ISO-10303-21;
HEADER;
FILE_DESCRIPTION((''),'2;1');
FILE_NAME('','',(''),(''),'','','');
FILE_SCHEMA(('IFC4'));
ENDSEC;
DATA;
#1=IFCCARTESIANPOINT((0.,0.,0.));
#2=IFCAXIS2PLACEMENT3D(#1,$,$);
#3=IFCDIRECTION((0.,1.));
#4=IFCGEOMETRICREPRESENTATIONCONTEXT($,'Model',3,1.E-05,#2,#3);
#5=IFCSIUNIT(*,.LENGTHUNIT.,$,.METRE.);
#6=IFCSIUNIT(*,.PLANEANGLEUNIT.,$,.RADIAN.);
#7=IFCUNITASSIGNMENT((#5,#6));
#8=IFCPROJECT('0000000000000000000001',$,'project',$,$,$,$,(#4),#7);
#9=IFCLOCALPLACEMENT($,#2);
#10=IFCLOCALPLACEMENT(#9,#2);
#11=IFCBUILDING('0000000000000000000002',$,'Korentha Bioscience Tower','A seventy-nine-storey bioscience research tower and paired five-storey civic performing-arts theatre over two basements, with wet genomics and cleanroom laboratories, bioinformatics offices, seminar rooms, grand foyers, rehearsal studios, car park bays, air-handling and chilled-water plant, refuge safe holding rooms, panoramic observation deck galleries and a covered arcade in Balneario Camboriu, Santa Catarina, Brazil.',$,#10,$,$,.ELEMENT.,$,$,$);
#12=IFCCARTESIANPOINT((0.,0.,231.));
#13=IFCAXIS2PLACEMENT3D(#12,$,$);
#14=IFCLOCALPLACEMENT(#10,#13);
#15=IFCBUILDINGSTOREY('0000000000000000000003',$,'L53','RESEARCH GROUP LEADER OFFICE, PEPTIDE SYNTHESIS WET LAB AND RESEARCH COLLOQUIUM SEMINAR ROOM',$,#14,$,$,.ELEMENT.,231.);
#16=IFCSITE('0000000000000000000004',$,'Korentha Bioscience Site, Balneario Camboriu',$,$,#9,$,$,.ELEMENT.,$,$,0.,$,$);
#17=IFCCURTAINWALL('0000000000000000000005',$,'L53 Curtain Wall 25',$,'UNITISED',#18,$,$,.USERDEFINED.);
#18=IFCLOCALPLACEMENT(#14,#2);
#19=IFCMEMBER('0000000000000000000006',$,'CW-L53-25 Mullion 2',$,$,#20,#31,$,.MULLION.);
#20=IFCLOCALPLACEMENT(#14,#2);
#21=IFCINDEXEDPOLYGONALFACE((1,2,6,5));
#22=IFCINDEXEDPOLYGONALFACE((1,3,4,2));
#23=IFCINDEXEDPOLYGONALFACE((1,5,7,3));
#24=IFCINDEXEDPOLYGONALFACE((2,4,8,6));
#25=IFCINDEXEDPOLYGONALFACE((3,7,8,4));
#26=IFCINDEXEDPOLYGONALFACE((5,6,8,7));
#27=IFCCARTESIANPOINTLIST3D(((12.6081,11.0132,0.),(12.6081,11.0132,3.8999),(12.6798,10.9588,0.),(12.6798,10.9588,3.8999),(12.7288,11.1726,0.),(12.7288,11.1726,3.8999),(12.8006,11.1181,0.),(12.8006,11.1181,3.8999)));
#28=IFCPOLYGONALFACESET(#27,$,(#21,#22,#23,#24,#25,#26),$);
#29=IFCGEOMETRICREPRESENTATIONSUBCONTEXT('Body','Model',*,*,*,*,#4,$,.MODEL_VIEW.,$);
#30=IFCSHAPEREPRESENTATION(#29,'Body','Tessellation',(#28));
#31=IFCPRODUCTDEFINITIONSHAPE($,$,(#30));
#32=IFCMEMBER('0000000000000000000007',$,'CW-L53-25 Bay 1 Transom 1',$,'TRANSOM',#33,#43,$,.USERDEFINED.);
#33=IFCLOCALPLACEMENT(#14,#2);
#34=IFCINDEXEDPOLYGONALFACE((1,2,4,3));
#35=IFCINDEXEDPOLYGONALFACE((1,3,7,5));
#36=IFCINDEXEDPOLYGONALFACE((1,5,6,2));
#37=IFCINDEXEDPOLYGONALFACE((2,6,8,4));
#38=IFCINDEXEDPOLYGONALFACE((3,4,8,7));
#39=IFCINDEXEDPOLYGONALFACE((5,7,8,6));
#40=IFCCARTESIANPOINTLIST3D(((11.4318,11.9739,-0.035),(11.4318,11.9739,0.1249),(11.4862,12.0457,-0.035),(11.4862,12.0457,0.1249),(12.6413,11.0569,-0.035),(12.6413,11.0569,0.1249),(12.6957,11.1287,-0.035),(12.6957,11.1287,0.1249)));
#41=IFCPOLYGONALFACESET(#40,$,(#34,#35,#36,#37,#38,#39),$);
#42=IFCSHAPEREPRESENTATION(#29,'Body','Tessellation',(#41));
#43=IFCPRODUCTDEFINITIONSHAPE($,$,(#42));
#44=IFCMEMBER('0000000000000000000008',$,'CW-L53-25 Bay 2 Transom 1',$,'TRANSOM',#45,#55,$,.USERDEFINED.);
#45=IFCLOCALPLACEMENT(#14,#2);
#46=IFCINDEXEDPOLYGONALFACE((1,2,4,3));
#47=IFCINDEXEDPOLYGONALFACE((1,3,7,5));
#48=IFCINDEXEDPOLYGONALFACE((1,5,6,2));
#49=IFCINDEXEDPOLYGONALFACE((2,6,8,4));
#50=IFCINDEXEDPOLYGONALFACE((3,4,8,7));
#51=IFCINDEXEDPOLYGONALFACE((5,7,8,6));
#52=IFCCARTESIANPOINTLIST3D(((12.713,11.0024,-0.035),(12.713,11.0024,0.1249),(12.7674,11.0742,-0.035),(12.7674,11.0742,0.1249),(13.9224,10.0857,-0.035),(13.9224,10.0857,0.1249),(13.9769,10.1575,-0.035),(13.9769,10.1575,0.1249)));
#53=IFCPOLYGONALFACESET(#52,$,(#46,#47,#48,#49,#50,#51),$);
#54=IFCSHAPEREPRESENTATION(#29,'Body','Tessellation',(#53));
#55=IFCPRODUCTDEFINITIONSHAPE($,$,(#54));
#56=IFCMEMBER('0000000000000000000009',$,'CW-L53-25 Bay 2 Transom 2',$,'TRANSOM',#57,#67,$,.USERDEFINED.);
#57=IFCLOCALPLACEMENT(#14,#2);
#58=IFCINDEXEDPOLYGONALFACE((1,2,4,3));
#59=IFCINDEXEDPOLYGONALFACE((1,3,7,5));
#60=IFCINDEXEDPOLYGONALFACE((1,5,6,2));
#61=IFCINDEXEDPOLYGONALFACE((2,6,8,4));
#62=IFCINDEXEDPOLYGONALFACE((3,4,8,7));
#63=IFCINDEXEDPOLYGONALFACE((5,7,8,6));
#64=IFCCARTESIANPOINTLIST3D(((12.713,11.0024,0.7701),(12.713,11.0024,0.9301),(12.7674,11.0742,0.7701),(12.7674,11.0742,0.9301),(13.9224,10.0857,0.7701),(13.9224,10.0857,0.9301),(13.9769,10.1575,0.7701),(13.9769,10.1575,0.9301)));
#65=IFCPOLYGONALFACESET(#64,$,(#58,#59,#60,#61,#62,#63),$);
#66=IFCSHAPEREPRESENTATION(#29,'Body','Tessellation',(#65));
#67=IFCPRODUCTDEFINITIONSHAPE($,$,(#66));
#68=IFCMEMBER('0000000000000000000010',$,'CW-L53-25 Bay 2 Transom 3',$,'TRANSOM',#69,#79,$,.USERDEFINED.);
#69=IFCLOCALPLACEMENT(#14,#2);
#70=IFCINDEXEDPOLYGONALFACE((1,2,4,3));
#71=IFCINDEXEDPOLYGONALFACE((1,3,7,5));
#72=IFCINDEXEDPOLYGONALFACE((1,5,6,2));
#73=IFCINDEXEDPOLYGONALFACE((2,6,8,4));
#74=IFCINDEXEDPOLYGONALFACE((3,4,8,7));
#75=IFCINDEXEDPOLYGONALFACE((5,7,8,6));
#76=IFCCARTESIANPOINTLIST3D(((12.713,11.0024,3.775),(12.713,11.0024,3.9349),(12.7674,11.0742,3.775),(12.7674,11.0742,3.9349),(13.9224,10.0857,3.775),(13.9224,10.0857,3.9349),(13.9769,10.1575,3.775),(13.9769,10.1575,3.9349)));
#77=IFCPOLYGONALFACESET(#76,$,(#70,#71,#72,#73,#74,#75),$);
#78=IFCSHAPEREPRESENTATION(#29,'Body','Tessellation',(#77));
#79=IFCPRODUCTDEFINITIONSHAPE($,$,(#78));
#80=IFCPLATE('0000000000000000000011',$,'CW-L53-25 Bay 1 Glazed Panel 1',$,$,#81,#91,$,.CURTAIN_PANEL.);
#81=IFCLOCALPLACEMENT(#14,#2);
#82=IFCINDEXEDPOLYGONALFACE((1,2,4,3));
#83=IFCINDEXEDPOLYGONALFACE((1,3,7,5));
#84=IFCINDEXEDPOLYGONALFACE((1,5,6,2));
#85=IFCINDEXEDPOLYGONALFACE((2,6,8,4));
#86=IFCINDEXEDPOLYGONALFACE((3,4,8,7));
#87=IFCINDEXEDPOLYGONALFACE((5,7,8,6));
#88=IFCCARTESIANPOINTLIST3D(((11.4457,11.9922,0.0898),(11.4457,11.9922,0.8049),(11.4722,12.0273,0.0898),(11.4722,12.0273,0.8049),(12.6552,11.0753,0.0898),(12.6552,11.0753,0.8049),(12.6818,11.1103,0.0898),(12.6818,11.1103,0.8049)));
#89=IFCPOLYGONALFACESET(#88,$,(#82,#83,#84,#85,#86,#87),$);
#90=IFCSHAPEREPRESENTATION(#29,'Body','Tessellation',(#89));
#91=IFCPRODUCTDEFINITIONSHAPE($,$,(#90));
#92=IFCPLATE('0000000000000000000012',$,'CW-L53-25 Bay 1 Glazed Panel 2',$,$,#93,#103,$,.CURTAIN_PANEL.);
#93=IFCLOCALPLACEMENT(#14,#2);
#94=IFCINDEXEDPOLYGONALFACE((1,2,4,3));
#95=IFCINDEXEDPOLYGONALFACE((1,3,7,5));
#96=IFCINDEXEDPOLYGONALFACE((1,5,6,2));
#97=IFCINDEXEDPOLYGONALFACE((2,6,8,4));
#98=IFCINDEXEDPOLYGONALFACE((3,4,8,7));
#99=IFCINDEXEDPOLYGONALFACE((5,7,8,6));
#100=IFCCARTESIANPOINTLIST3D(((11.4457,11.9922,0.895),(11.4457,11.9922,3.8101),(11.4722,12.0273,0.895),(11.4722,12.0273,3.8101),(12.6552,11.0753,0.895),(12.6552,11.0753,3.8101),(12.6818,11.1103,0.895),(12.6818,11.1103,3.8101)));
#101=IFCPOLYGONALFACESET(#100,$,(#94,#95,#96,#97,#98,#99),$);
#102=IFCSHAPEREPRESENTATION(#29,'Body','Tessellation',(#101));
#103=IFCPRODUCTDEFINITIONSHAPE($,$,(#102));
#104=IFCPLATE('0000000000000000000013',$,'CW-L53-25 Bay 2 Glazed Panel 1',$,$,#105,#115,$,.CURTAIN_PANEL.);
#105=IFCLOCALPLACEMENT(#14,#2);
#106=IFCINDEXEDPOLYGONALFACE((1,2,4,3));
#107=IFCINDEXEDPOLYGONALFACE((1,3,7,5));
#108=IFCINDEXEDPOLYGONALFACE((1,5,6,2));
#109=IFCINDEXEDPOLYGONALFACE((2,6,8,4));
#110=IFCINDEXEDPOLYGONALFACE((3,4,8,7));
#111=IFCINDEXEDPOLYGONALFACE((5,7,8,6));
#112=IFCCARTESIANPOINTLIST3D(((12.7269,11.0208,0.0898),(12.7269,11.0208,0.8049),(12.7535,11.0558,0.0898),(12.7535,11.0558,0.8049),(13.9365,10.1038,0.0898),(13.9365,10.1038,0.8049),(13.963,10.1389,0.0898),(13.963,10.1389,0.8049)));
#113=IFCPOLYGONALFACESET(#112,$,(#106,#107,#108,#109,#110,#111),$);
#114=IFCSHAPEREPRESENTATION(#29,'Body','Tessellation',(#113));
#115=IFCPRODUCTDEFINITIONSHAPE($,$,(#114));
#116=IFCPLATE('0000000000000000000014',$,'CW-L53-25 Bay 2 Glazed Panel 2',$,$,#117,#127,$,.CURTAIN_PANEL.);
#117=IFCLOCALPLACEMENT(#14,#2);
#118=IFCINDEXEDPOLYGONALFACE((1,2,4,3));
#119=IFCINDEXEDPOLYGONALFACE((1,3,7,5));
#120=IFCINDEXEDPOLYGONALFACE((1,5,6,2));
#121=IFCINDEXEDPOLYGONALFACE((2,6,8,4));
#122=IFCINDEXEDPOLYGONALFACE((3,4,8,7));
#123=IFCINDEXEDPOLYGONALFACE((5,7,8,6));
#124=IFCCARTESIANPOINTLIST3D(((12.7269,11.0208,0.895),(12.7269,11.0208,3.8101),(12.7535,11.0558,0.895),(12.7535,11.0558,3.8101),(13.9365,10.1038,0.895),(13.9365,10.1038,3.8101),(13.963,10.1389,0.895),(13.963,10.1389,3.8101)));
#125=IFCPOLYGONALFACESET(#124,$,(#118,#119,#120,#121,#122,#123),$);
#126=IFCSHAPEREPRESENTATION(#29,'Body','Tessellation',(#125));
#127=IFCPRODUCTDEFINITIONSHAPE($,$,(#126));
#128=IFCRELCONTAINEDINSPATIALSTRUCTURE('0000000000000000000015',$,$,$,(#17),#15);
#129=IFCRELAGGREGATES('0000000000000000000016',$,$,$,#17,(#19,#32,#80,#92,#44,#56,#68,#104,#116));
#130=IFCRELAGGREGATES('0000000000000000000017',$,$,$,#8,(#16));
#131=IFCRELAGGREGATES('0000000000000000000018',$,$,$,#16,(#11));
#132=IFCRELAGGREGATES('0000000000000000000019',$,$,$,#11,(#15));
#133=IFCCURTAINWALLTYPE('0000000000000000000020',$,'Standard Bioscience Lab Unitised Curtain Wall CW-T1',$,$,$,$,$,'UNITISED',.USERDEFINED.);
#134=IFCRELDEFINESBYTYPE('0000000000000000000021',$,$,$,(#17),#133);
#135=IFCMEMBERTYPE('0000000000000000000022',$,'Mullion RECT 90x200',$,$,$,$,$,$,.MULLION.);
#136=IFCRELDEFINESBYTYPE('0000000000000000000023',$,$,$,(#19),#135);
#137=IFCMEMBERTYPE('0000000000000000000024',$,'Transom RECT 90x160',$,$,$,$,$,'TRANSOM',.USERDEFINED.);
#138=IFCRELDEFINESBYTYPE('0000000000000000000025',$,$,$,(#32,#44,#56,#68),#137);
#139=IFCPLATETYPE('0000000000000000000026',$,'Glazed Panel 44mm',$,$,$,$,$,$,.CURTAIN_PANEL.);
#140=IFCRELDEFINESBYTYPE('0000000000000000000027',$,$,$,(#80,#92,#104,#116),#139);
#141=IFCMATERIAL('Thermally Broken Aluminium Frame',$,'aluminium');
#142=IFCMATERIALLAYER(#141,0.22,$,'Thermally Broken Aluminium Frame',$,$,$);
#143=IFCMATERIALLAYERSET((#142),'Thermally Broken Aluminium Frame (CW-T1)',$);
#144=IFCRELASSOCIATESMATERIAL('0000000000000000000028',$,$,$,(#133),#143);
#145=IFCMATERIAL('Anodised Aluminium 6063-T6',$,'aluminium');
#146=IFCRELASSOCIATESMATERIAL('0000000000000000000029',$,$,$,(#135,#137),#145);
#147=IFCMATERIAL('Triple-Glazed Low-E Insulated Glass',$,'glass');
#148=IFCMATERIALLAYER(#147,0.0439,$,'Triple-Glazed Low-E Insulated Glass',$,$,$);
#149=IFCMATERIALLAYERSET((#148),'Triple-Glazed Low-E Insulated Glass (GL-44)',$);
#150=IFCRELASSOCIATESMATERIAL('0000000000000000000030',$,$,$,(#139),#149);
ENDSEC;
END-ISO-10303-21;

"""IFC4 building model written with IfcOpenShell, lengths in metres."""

from ifc_helpers import new_model, si_unit, direction, frame, origin, origin_2d, place, context, subcontext, project, spatial, rectangle, extrude, material, layer, layer_set, material_profile, profile_set, type_object, element, aggregate, save


model = new_model("IFC4")

# Units and contexts
model_context = context("Model", 3, precision=1e-05, world=origin(), true_north=direction((0.0, 1.0)))
body_context = subcontext(model_context, "Body", "Model", "MODEL_VIEW")
ifc_project = project(units=[si_unit("LENGTHUNIT", "METRE"), si_unit("PLANEANGLEUNIT", "RADIAN")], contexts=[model_context])

# Site, building, storey
site_placement = place(None, origin())
site = spatial("IfcSite", under=ifc_project, at=site_placement, Name="Korentha Bioscience Site, Balneario Camboriu", CompositionType="ELEMENT", RefElevation=0.0)
building_placement = place(site_placement, origin())
building = spatial("IfcBuilding", under=site, at=building_placement, Name="Korentha Bioscience Tower", Description="A seventy-nine-storey bioscience research tower and paired five-storey civic performing-arts theatre over two basements, with wet genomics and cleanroom laboratories, bioinformatics offices, seminar rooms, grand foyers, rehearsal studios, car park bays, air-handling and chilled-water plant, refuge safe holding rooms, panoramic observation deck galleries and a covered arcade in Balneario Camboriu, Santa Catarina, Brazil.", CompositionType="ELEMENT")
storey_placement = place(building_placement, frame((0.0, 0.0, 231.0)))
storey = spatial("IfcBuildingStorey", under=building, at=storey_placement, Name="L53", Description="RESEARCH GROUP LEADER OFFICE, PEPTIDE SYNTHESIS WET LAB AND RESEARCH COLLOQUIUM SEMINAR ROOM", CompositionType="ELEMENT", Elevation=231.0)

# Curtain wall, members, plates
ifc_material_1 = material(Name="Thermally Broken Aluminium Frame", Category="aluminium")
ifc_layer_1 = layer(ifc_material_1, 0.22, Name="Thermally Broken Aluminium Frame")
ifc_layer_set_1 = layer_set([ifc_layer_1], Name="Thermally Broken Aluminium Frame (CW-T1)")
curtain_wall_type = type_object("IfcCurtainWallType", Name="Standard Bioscience Lab Unitised Curtain Wall CW-T1", ElementType="UNITISED", PredefinedType="USERDEFINED", material=ifc_layer_set_1)
curtain_wall_placement = place(storey_placement, origin())
curtain_wall = element("IfcCurtainWall", 1, at=curtain_wall_placement, inside=storey, type_object=curtain_wall_type, Name="L53 Curtain Wall 25", ObjectType="UNITISED", PredefinedType="USERDEFINED")
ifc_material_2 = material(Name="Anodised Aluminium 6063-T6", Category="aluminium")
ifc_material_profile_1 = material_profile(ifc_material_2, rectangle(XDim=0.0901, YDim=0.2, at=origin_2d()), Name="Anodised Aluminium 6063-T6")
ifc_profile_set_1 = profile_set([ifc_material_profile_1], Name="Anodised Aluminium 6063-T6 (CW-MUL)")
member_type_1 = type_object("IfcMemberType", Name="Mullion RECT 90x200", PredefinedType="MULLION", material=ifc_profile_set_1)
member_1_placement = place(storey_placement, frame((12.7043, 11.0657, 0.0), z_axis=(0.0, 0.0, 1.0), x_axis=(0.796889, -0.604126, 0.0)))
member_1 = element("IfcMember", 2, at=member_1_placement, type_object=member_type_1, Name="CW-L53-25 Mullion 2", PredefinedType="MULLION", context=body_context, shape_type="SweptSolid", body=[
    extrude(rectangle(XDim=0.0901, YDim=0.2, at=origin_2d()), origin(), (0.0, 0.0, 1.0), 3.8999),
])
ifc_material_profile_2 = material_profile(ifc_material_2, rectangle(XDim=0.0901, YDim=0.1599, at=origin_2d()), Name="Anodised Aluminium 6063-T6")
ifc_profile_set_2 = profile_set([ifc_material_profile_2], Name="Anodised Aluminium 6063-T6 (CW-TRN)")
member_type_2 = type_object("IfcMemberType", Name="Transom RECT 90x160", ElementType="TRANSOM", PredefinedType="USERDEFINED", material=ifc_profile_set_2)
member_2_placement = place(storey_placement, frame((11.459, 12.0098, 0.0449), z_axis=(0.796862, -0.604161, 0.0), x_axis=(0.604161, 0.796862, 0.0)))
member_2 = element("IfcMember", 3, at=member_2_placement, type_object=member_type_2, Name="CW-L53-25 Bay 1 Transom 1", ObjectType="TRANSOM", PredefinedType="USERDEFINED", context=body_context, shape_type="SweptSolid", body=[
    extrude(rectangle(XDim=0.0901, YDim=0.1599, at=origin_2d()), origin(), (0.0, 0.0, 1.0), 1.5178),
])
member_3_placement = place(storey_placement, frame((12.7402, 11.0383, 0.0449), z_axis=(0.79694, -0.604059, 0.0), x_axis=(0.604059, 0.79694, 0.0)))
member_3 = element("IfcMember", 4, at=member_3_placement, type_object=member_type_2, Name="CW-L53-25 Bay 2 Transom 1", ObjectType="TRANSOM", PredefinedType="USERDEFINED", context=body_context, shape_type="SweptSolid", body=[
    extrude(rectangle(XDim=0.0901, YDim=0.1599, at=origin_2d()), origin(), (0.0, 0.0, 1.0), 1.5176),
])
member_4_placement = place(storey_placement, frame((12.7402, 11.0383, 0.8501), z_axis=(0.79694, -0.604059, 0.0), x_axis=(0.604059, 0.79694, 0.0)))
member_4 = element("IfcMember", 5, at=member_4_placement, type_object=member_type_2, Name="CW-L53-25 Bay 2 Transom 2", ObjectType="TRANSOM", PredefinedType="USERDEFINED", context=body_context, shape_type="SweptSolid", body=[
    extrude(rectangle(XDim=0.0901, YDim=0.1599, at=origin_2d()), origin(), (0.0, 0.0, 1.0), 1.5176),
])
member_5_placement = place(storey_placement, frame((12.7402, 11.0383, 3.855), z_axis=(0.79694, -0.604059, 0.0), x_axis=(0.604059, 0.79694, 0.0)))
member_5 = element("IfcMember", 6, at=member_5_placement, type_object=member_type_2, Name="CW-L53-25 Bay 2 Transom 3", ObjectType="TRANSOM", PredefinedType="USERDEFINED", context=body_context, shape_type="SweptSolid", body=[
    extrude(rectangle(XDim=0.0901, YDim=0.1599, at=origin_2d()), origin(), (0.0, 0.0, 1.0), 1.5176),
])
ifc_material_3 = material(Name="Triple-Glazed Low-E Insulated Glass", Category="glass")
ifc_layer_2 = layer(ifc_material_3, 0.0439, Name="Triple-Glazed Low-E Insulated Glass")
ifc_layer_set_2 = layer_set([ifc_layer_2], Name="Triple-Glazed Low-E Insulated Glass (GL-44)")
plate_type = type_object("IfcPlateType", Name="Glazed Panel 44mm", PredefinedType="CURTAIN_PANEL", material=ifc_layer_set_2)
plate_1_placement = place(storey_placement, frame((12.0637, 11.5513, 0.0898), z_axis=(0.0, 0.0, 1.0), x_axis=(0.796889, -0.604126, 0.0)))
plate_1 = element("IfcPlate", 7, at=plate_1_placement, type_object=plate_type, Name="CW-L53-25 Bay 1 Glazed Panel 1", PredefinedType="CURTAIN_PANEL", context=body_context, shape_type="SweptSolid", body=[
    extrude(rectangle(XDim=1.5178, YDim=0.0439, at=origin_2d()), origin(), (0.0, 0.0, 1.0), 0.7151),
])
plate_2_placement = place(storey_placement, frame((12.0637, 11.5513, 0.895), z_axis=(0.0, 0.0, 1.0), x_axis=(0.796889, -0.604126, 0.0)))
plate_2 = element("IfcPlate", 8, at=plate_2_placement, type_object=plate_type, Name="CW-L53-25 Bay 1 Glazed Panel 2", PredefinedType="CURTAIN_PANEL", context=body_context, shape_type="SweptSolid", body=[
    extrude(rectangle(XDim=1.5178, YDim=0.0439, at=origin_2d()), origin(), (0.0, 0.0, 1.0), 2.915),
])
plate_3_placement = place(storey_placement, frame((13.345, 10.5798, 0.0898), z_axis=(0.0, 0.0, 1.0), x_axis=(0.796889, -0.604126, 0.0)))
plate_3 = element("IfcPlate", 9, at=plate_3_placement, type_object=plate_type, Name="CW-L53-25 Bay 2 Glazed Panel 1", PredefinedType="CURTAIN_PANEL", context=body_context, shape_type="SweptSolid", body=[
    extrude(rectangle(XDim=1.5178, YDim=0.0439, at=origin_2d()), origin(), (0.0, 0.0, 1.0), 0.7151),
])
plate_4_placement = place(storey_placement, frame((13.345, 10.5798, 0.895), z_axis=(0.0, 0.0, 1.0), x_axis=(0.796889, -0.604126, 0.0)))
plate_4 = element("IfcPlate", 10, at=plate_4_placement, type_object=plate_type, Name="CW-L53-25 Bay 2 Glazed Panel 2", PredefinedType="CURTAIN_PANEL", context=body_context, shape_type="SweptSolid", body=[
    extrude(rectangle(XDim=1.5178, YDim=0.0439, at=origin_2d()), origin(), (0.0, 0.0, 1.0), 2.915),
])
aggregate(curtain_wall, [member_1, member_2, plate_1, plate_2, member_3, member_4, member_5, plate_3, plate_4])

save(model, "model.ifc")
